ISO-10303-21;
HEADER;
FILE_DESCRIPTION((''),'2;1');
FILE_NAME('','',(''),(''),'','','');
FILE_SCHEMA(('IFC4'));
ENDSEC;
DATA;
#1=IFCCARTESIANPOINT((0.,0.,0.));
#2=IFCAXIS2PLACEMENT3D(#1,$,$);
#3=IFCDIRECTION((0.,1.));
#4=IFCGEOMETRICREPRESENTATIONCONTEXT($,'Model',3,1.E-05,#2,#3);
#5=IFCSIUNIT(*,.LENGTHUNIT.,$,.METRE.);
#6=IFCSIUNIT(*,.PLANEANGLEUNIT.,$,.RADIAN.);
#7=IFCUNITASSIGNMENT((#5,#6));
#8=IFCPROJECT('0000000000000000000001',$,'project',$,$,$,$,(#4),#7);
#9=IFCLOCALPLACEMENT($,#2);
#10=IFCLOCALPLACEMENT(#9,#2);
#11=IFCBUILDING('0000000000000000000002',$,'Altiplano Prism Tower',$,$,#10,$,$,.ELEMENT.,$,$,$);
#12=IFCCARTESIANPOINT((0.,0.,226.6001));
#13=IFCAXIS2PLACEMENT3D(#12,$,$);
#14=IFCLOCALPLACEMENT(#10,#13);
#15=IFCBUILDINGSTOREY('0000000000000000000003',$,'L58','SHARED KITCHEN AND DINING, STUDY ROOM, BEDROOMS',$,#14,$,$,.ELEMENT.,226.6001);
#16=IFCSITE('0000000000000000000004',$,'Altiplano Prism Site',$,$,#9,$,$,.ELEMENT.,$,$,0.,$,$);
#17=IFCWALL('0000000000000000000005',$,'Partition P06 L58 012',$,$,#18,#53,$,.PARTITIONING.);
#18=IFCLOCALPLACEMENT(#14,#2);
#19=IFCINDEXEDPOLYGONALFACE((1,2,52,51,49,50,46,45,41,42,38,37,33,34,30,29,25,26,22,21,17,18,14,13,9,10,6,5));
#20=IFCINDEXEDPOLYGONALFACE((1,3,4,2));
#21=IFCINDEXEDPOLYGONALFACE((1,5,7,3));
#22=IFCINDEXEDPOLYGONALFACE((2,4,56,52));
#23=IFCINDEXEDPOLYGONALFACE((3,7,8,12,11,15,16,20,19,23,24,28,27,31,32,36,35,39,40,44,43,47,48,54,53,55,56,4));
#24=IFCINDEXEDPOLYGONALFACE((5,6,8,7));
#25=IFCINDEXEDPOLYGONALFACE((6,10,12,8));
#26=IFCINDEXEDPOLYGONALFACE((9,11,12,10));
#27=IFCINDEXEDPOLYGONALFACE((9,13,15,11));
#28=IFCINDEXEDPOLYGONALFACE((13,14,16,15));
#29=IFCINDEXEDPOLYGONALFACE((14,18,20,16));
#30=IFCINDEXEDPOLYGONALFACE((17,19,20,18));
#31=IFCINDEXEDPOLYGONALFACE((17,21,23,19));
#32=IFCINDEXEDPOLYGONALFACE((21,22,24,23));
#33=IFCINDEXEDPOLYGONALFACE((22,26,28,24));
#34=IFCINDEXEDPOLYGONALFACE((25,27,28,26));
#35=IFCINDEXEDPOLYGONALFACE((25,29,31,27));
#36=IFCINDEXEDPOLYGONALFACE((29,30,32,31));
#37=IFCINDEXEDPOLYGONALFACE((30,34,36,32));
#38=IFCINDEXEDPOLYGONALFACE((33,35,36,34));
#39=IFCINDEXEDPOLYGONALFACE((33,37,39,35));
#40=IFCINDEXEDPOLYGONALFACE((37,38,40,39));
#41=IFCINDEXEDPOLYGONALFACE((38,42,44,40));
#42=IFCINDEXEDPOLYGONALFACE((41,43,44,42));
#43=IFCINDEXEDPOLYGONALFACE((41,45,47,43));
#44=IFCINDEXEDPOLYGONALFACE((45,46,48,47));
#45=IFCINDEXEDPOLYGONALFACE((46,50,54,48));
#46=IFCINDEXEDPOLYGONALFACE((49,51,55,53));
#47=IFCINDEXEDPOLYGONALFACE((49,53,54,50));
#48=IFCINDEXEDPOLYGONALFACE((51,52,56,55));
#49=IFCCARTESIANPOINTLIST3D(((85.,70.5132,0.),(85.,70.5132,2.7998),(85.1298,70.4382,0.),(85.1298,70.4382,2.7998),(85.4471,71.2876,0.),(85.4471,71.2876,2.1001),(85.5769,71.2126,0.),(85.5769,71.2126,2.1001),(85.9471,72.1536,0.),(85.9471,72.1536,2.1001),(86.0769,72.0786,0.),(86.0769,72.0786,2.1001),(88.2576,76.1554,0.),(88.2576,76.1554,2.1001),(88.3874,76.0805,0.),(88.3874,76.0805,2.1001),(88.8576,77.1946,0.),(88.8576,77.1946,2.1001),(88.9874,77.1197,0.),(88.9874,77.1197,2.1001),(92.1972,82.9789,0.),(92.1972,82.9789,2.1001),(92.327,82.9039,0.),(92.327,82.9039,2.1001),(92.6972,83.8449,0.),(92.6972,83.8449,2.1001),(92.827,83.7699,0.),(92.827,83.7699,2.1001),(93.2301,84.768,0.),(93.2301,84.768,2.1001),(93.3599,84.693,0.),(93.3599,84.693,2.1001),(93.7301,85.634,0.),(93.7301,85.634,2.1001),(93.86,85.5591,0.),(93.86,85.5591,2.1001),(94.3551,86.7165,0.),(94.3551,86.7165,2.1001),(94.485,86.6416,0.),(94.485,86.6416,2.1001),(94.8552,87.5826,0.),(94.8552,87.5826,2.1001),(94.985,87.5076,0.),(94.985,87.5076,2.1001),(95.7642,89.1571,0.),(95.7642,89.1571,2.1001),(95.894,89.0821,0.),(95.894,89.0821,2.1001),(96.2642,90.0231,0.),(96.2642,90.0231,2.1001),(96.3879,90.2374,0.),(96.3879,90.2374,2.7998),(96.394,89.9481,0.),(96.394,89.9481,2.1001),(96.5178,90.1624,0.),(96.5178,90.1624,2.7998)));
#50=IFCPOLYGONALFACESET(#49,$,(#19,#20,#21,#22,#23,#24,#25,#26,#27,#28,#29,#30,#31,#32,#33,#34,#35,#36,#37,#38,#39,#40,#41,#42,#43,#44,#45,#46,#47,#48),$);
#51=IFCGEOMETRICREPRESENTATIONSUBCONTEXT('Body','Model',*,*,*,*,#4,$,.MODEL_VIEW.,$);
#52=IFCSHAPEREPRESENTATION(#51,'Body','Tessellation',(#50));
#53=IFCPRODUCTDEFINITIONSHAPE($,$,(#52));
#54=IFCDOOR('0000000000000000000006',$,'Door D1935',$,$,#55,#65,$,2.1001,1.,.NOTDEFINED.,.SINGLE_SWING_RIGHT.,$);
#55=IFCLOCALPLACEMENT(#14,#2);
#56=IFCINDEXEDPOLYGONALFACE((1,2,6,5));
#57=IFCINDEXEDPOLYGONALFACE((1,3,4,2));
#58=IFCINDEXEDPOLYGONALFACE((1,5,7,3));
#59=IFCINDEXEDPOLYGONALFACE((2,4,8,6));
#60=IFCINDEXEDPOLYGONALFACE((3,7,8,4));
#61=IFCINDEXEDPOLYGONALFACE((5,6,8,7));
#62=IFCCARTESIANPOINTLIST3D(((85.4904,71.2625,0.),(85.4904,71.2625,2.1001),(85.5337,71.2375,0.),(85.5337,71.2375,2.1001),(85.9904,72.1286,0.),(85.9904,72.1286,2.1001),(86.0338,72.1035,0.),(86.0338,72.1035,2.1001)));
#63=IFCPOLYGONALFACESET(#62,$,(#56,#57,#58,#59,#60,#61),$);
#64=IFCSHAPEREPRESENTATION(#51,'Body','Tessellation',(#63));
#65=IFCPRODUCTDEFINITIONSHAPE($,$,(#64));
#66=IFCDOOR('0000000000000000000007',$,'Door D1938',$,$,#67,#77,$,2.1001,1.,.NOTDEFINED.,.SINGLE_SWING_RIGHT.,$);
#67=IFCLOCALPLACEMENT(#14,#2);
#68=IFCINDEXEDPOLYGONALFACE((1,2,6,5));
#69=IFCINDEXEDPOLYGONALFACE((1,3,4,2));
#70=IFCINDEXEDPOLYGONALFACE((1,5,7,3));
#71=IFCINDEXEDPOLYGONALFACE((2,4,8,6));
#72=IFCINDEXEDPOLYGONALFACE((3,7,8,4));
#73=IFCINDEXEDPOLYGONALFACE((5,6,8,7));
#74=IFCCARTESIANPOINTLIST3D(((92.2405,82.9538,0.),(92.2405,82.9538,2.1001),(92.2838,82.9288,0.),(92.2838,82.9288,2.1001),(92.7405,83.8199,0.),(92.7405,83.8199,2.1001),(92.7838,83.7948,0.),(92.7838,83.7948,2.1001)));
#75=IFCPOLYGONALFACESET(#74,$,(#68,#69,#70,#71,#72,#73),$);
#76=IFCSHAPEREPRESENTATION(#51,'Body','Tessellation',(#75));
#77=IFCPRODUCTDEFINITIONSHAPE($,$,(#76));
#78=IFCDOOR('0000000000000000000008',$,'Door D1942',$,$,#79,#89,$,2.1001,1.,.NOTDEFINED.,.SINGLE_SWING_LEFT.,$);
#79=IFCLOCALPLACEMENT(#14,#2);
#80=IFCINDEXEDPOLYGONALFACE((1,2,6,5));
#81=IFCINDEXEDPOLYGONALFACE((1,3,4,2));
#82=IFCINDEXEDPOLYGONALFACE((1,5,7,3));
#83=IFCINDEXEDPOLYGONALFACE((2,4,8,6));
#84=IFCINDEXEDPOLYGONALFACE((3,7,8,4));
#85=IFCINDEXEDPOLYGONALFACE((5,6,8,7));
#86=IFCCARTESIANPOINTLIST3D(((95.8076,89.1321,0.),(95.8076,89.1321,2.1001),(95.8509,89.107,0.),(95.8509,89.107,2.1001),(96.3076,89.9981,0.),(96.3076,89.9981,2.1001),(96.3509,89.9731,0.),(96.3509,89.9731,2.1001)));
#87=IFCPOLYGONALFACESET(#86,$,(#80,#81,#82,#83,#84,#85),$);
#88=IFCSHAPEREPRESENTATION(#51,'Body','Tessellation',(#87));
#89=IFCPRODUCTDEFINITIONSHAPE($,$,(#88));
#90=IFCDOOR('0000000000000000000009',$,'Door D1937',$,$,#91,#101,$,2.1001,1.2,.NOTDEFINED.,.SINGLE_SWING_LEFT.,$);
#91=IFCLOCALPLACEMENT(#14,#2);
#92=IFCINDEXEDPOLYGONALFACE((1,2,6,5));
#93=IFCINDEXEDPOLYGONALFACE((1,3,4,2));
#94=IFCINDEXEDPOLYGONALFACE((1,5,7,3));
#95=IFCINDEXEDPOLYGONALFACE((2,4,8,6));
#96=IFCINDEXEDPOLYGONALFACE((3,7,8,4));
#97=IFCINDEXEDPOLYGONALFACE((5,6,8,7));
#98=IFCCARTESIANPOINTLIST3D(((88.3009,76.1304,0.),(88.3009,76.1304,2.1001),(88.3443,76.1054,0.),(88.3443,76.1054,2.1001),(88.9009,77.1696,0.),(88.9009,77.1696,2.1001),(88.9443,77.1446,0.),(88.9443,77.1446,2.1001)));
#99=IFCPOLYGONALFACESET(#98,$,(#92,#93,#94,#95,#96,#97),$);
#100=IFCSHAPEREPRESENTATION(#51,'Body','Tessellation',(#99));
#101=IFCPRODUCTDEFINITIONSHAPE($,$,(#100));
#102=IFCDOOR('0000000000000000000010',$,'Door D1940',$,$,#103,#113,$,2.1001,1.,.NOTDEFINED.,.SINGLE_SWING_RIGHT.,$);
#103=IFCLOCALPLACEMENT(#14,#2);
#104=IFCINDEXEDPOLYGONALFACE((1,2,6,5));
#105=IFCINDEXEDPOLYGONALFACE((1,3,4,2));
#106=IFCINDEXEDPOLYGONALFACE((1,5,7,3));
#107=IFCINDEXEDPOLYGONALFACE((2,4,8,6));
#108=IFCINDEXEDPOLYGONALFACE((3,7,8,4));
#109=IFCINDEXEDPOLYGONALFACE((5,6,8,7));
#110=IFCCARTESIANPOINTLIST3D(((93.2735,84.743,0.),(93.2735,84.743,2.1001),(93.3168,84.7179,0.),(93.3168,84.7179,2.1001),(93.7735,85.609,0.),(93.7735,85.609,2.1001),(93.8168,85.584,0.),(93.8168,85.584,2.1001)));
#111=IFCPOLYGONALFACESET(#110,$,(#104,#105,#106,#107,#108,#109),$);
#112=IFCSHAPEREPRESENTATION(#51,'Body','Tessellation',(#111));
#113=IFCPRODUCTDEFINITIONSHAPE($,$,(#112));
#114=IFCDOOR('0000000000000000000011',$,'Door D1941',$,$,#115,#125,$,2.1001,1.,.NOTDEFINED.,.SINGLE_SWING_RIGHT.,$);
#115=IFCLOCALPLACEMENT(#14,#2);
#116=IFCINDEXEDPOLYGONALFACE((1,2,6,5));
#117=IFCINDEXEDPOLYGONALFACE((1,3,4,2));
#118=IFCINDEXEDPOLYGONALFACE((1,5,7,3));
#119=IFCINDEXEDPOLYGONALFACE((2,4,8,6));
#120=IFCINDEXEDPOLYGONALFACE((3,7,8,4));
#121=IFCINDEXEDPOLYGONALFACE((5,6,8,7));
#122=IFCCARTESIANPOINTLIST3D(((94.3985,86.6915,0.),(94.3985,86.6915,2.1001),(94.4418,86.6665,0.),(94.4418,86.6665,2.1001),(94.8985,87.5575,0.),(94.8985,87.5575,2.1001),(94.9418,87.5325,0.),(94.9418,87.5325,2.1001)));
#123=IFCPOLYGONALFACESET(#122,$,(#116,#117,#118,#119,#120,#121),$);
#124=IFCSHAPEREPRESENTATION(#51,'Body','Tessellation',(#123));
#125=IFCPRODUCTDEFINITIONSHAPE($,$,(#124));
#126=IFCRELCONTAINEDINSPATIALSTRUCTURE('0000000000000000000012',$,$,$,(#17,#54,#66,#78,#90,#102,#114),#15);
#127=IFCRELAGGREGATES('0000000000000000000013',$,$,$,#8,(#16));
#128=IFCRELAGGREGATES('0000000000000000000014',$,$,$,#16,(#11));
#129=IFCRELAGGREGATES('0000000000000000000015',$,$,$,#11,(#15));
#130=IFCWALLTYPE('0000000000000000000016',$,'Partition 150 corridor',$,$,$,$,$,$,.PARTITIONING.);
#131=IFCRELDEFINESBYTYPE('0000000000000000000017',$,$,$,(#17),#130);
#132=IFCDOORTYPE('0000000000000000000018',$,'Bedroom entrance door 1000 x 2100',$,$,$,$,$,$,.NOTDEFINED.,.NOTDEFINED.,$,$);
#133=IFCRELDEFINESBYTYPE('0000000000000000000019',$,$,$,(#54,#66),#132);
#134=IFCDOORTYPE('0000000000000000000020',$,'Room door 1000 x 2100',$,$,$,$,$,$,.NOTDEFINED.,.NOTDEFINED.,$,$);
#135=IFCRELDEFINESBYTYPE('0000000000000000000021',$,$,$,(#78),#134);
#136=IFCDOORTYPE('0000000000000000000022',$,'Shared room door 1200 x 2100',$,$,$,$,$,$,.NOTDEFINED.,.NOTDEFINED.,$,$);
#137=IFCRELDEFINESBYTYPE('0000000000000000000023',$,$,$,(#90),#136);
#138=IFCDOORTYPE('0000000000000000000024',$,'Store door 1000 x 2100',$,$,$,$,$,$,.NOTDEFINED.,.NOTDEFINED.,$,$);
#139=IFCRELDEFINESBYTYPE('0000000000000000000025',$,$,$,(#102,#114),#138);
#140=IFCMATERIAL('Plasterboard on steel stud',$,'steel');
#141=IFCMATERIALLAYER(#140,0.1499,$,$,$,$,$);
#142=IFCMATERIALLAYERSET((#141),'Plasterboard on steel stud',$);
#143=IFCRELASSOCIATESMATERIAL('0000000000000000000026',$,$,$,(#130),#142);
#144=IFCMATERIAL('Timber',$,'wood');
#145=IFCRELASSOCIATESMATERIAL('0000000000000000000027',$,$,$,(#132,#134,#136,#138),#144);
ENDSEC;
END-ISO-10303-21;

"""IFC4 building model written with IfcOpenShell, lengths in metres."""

from ifc_helpers import new_model, si_unit, direction, frame, frame_2d, origin, place, context, subcontext, project, spatial, rectangle, extrude, material, layer, layer_set, type_object, element, fill, save


model = new_model("IFC4")

# Units and contexts
model_context = context("Model", 3, precision=1e-05, world=origin(), true_north=direction((0.0, 1.0)))
body_context = subcontext(model_context, "Body", "Model", "MODEL_VIEW")
ifc_project = project(units=[si_unit("LENGTHUNIT", "METRE"), si_unit("PLANEANGLEUNIT", "RADIAN")], contexts=[model_context])

# Site, building, storey
site_placement = place(None, origin())
site = spatial("IfcSite", under=ifc_project, at=site_placement, Name="Altiplano Prism Site", CompositionType="ELEMENT", RefElevation=0.0)
building_placement = place(site_placement, origin())
building = spatial("IfcBuilding", under=site, at=building_placement, Name="Altiplano Prism Tower", CompositionType="ELEMENT")
storey_placement = place(building_placement, frame((0.0, 0.0, 226.6001)))
storey = spatial("IfcBuildingStorey", under=building, at=storey_placement, Name="L58", Description="SHARED KITCHEN AND DINING, STUDY ROOM, BEDROOMS", CompositionType="ELEMENT", Elevation=226.6001)

# Shared definitions
ifc_material_1 = material(Name="Plasterboard on steel stud", Category="steel")
ifc_material_2 = material(Name="Timber", Category="wood")

# Shared definitions
ifc_layer_1 = layer(ifc_material_1, 0.1499)
ifc_layer_set_1 = layer_set([ifc_layer_1], Name="Plasterboard on steel stud")
wall_type_1 = type_object("IfcWallType", Name="Partition 150 corridor", PredefinedType="PARTITIONING", material=ifc_layer_set_1)

# Wall, openings, doors
wall_1_placement = place(storey_placement, frame((85.0649, 70.4758, 0.0), z_axis=(0.0, 0.0, 1.0), x_axis=(0.500007, 0.866021, 0.0)))
wall_1 = element("IfcWall", 1, at=wall_1_placement, inside=storey, type_object=wall_type_1, Name="Partition P06 L58 012", PredefinedType="PARTITIONING", context=body_context, shape_type="SweptSolid", body=[
    extrude(rectangle(XDim=22.7756, YDim=0.1499, at=frame_2d((11.3877, 0.0))), origin(), (0.0, 0.0, 1.0), 2.7998),
])
opening_1_placement = place(wall_1_placement, frame((0.894, 0.0, 0.0)))
opening_1 = element("IfcOpeningElement", 2, at=opening_1_placement, cuts=wall_1, PredefinedType="OPENING", context=body_context, shape_type="SweptSolid", body=[
    extrude(rectangle(XDim=1.0, YDim=2.1001, at=frame_2d((0.5, 1.05))), frame((0.0, 0.0854, 0.0), z_axis=(0.0, -1.0, 0.0), x_axis=(1.0, 0.0, 0.0)), (0.0, 0.0, 1.0), 0.1709),
])
opening_2_placement = place(wall_1_placement, frame((6.5149, 0.0, 0.0)))
opening_2 = element("IfcOpeningElement", 3, at=opening_2_placement, cuts=wall_1, PredefinedType="OPENING", context=body_context, shape_type="SweptSolid", body=[
    extrude(rectangle(XDim=1.2, YDim=2.1001, at=frame_2d((0.6001, 1.05))), frame((0.0, 0.0854, 0.0), z_axis=(0.0, -1.0, 0.0), x_axis=(1.0, 0.0, 0.0)), (0.0, 0.0, 1.0), 0.1709),
])
opening_3_placement = place(wall_1_placement, frame((14.394, 0.0, 0.0)))
opening_3 = element("IfcOpeningElement", 4, at=opening_3_placement, cuts=wall_1, PredefinedType="OPENING", context=body_context, shape_type="SweptSolid", body=[
    extrude(rectangle(XDim=1.0, YDim=2.1001, at=frame_2d((0.5, 1.05))), frame((0.0, 0.0854, 0.0), z_axis=(0.0, -1.0, 0.0), x_axis=(1.0, 0.0, 0.0)), (0.0, 0.0, 1.0), 0.1709),
])
opening_4_placement = place(wall_1_placement, frame((16.46, 0.0, 0.0)))
opening_4 = element("IfcOpeningElement", 5, at=opening_4_placement, cuts=wall_1, PredefinedType="OPENING", context=body_context, shape_type="SweptSolid", body=[
    extrude(rectangle(XDim=1.0, YDim=2.1001, at=frame_2d((0.5, 1.05))), frame((0.0, 0.0854, 0.0), z_axis=(0.0, -1.0, 0.0), x_axis=(1.0, 0.0, 0.0)), (0.0, 0.0, 1.0), 0.1709),
])
opening_5_placement = place(wall_1_placement, frame((18.71, 0.0, 0.0)))
opening_5 = element("IfcOpeningElement", 6, at=opening_5_placement, cuts=wall_1, PredefinedType="OPENING", context=body_context, shape_type="SweptSolid", body=[
    extrude(rectangle(XDim=1.0, YDim=2.1001, at=frame_2d((0.5, 1.05))), frame((0.0, 0.0854, 0.0), z_axis=(0.0, -1.0, 0.0), x_axis=(1.0, 0.0, 0.0)), (0.0, 0.0, 1.0), 0.1709),
])
opening_6_placement = place(wall_1_placement, frame((21.5281, 0.0, 0.0)))
opening_6 = element("IfcOpeningElement", 7, at=opening_6_placement, cuts=wall_1, PredefinedType="OPENING", context=body_context, shape_type="SweptSolid", body=[
    extrude(rectangle(XDim=1.0, YDim=2.1001, at=frame_2d((0.5, 1.05))), frame((0.0, 0.0854, 0.0), z_axis=(0.0, -1.0, 0.0), x_axis=(1.0, 0.0, 0.0)), (0.0, 0.0, 1.0), 0.1709),
])
door_type_1 = type_object("IfcDoorType", Name="Bedroom entrance door 1000 x 2100", OperationType="NOTDEFINED", PredefinedType="NOTDEFINED", material=ifc_material_2)
door_1_placement = place(opening_1_placement, origin())
door_1 = element("IfcDoor", 8, at=door_1_placement, inside=storey, type_object=door_type_1, Name="Door D1935", OperationType="SINGLE_SWING_RIGHT", OverallHeight=2.1001, OverallWidth=1.0, PredefinedType="NOTDEFINED", context=body_context, shape_type="SweptSolid", body=[
    extrude(rectangle(XDim=1.0, YDim=2.1001, at=frame_2d((0.5, 1.05))), frame((0.0, 0.0249, 0.0), z_axis=(0.0, -1.0, 0.0), x_axis=(1.0, 0.0, 0.0)), (0.0, 0.0, 1.0), 0.05),
])
fill(opening_1, door_1)
door_2_placement = place(opening_3_placement, origin())
door_2 = element("IfcDoor", 9, at=door_2_placement, inside=storey, type_object=door_type_1, Name="Door D1938", OperationType="SINGLE_SWING_RIGHT", OverallHeight=2.1001, OverallWidth=1.0, PredefinedType="NOTDEFINED", context=body_context, shape_type="SweptSolid", body=[
    extrude(rectangle(XDim=1.0, YDim=2.1001, at=frame_2d((0.5, 1.05))), frame((0.0, 0.0249, 0.0), z_axis=(0.0, -1.0, 0.0), x_axis=(1.0, 0.0, 0.0)), (0.0, 0.0, 1.0), 0.05),
])
fill(opening_3, door_2)
door_type_2 = type_object("IfcDoorType", Name="Room door 1000 x 2100", OperationType="NOTDEFINED", PredefinedType="NOTDEFINED", material=ifc_material_2)
door_3_placement = place(opening_6_placement, origin())
door_3 = element("IfcDoor", 10, at=door_3_placement, inside=storey, type_object=door_type_2, Name="Door D1942", OperationType="SINGLE_SWING_LEFT", OverallHeight=2.1001, OverallWidth=1.0, PredefinedType="NOTDEFINED", context=body_context, shape_type="SweptSolid", body=[
    extrude(rectangle(XDim=1.0, YDim=2.1001, at=frame_2d((0.5, 1.05))), frame((0.0, 0.0249, 0.0), z_axis=(0.0, -1.0, 0.0), x_axis=(1.0, 0.0, 0.0)), (0.0, 0.0, 1.0), 0.05),
])
fill(opening_6, door_3)
door_type_3 = type_object("IfcDoorType", Name="Shared room door 1200 x 2100", OperationType="NOTDEFINED", PredefinedType="NOTDEFINED", material=ifc_material_2)
door_4_placement = place(opening_2_placement, origin())
door_4 = element("IfcDoor", 11, at=door_4_placement, inside=storey, type_object=door_type_3, Name="Door D1937", OperationType="SINGLE_SWING_LEFT", OverallHeight=2.1001, OverallWidth=1.2, PredefinedType="NOTDEFINED", context=body_context, shape_type="SweptSolid", body=[
    extrude(rectangle(XDim=1.2, YDim=2.1001, at=frame_2d((0.6001, 1.05))), frame((0.0, 0.0249, 0.0), z_axis=(0.0, -1.0, 0.0), x_axis=(1.0, 0.0, 0.0)), (0.0, 0.0, 1.0), 0.05),
])
fill(opening_2, door_4)
door_type_4 = type_object("IfcDoorType", Name="Store door 1000 x 2100", OperationType="NOTDEFINED", PredefinedType="NOTDEFINED", material=ifc_material_2)
door_5_placement = place(opening_4_placement, origin())
door_5 = element("IfcDoor", 12, at=door_5_placement, inside=storey, type_object=door_type_4, Name="Door D1940", OperationType="SINGLE_SWING_RIGHT", OverallHeight=2.1001, OverallWidth=1.0, PredefinedType="NOTDEFINED", context=body_context, shape_type="SweptSolid", body=[
    extrude(rectangle(XDim=1.0, YDim=2.1001, at=frame_2d((0.5, 1.05))), frame((0.0, 0.0249, 0.0), z_axis=(0.0, -1.0, 0.0), x_axis=(1.0, 0.0, 0.0)), (0.0, 0.0, 1.0), 0.05),
])
fill(opening_4, door_5)
door_6_placement = place(opening_5_placement, origin())
door_6 = element("IfcDoor", 13, at=door_6_placement, inside=storey, type_object=door_type_4, Name="Door D1941", OperationType="SINGLE_SWING_RIGHT", OverallHeight=2.1001, OverallWidth=1.0, PredefinedType="NOTDEFINED", context=body_context, shape_type="SweptSolid", body=[
    extrude(rectangle(XDim=1.0, YDim=2.1001, at=frame_2d((0.5, 1.05))), frame((0.0, 0.0249, 0.0), z_axis=(0.0, -1.0, 0.0), x_axis=(1.0, 0.0, 0.0)), (0.0, 0.0, 1.0), 0.05),
])
fill(opening_5, door_6)

save(model, "model.ifc")
